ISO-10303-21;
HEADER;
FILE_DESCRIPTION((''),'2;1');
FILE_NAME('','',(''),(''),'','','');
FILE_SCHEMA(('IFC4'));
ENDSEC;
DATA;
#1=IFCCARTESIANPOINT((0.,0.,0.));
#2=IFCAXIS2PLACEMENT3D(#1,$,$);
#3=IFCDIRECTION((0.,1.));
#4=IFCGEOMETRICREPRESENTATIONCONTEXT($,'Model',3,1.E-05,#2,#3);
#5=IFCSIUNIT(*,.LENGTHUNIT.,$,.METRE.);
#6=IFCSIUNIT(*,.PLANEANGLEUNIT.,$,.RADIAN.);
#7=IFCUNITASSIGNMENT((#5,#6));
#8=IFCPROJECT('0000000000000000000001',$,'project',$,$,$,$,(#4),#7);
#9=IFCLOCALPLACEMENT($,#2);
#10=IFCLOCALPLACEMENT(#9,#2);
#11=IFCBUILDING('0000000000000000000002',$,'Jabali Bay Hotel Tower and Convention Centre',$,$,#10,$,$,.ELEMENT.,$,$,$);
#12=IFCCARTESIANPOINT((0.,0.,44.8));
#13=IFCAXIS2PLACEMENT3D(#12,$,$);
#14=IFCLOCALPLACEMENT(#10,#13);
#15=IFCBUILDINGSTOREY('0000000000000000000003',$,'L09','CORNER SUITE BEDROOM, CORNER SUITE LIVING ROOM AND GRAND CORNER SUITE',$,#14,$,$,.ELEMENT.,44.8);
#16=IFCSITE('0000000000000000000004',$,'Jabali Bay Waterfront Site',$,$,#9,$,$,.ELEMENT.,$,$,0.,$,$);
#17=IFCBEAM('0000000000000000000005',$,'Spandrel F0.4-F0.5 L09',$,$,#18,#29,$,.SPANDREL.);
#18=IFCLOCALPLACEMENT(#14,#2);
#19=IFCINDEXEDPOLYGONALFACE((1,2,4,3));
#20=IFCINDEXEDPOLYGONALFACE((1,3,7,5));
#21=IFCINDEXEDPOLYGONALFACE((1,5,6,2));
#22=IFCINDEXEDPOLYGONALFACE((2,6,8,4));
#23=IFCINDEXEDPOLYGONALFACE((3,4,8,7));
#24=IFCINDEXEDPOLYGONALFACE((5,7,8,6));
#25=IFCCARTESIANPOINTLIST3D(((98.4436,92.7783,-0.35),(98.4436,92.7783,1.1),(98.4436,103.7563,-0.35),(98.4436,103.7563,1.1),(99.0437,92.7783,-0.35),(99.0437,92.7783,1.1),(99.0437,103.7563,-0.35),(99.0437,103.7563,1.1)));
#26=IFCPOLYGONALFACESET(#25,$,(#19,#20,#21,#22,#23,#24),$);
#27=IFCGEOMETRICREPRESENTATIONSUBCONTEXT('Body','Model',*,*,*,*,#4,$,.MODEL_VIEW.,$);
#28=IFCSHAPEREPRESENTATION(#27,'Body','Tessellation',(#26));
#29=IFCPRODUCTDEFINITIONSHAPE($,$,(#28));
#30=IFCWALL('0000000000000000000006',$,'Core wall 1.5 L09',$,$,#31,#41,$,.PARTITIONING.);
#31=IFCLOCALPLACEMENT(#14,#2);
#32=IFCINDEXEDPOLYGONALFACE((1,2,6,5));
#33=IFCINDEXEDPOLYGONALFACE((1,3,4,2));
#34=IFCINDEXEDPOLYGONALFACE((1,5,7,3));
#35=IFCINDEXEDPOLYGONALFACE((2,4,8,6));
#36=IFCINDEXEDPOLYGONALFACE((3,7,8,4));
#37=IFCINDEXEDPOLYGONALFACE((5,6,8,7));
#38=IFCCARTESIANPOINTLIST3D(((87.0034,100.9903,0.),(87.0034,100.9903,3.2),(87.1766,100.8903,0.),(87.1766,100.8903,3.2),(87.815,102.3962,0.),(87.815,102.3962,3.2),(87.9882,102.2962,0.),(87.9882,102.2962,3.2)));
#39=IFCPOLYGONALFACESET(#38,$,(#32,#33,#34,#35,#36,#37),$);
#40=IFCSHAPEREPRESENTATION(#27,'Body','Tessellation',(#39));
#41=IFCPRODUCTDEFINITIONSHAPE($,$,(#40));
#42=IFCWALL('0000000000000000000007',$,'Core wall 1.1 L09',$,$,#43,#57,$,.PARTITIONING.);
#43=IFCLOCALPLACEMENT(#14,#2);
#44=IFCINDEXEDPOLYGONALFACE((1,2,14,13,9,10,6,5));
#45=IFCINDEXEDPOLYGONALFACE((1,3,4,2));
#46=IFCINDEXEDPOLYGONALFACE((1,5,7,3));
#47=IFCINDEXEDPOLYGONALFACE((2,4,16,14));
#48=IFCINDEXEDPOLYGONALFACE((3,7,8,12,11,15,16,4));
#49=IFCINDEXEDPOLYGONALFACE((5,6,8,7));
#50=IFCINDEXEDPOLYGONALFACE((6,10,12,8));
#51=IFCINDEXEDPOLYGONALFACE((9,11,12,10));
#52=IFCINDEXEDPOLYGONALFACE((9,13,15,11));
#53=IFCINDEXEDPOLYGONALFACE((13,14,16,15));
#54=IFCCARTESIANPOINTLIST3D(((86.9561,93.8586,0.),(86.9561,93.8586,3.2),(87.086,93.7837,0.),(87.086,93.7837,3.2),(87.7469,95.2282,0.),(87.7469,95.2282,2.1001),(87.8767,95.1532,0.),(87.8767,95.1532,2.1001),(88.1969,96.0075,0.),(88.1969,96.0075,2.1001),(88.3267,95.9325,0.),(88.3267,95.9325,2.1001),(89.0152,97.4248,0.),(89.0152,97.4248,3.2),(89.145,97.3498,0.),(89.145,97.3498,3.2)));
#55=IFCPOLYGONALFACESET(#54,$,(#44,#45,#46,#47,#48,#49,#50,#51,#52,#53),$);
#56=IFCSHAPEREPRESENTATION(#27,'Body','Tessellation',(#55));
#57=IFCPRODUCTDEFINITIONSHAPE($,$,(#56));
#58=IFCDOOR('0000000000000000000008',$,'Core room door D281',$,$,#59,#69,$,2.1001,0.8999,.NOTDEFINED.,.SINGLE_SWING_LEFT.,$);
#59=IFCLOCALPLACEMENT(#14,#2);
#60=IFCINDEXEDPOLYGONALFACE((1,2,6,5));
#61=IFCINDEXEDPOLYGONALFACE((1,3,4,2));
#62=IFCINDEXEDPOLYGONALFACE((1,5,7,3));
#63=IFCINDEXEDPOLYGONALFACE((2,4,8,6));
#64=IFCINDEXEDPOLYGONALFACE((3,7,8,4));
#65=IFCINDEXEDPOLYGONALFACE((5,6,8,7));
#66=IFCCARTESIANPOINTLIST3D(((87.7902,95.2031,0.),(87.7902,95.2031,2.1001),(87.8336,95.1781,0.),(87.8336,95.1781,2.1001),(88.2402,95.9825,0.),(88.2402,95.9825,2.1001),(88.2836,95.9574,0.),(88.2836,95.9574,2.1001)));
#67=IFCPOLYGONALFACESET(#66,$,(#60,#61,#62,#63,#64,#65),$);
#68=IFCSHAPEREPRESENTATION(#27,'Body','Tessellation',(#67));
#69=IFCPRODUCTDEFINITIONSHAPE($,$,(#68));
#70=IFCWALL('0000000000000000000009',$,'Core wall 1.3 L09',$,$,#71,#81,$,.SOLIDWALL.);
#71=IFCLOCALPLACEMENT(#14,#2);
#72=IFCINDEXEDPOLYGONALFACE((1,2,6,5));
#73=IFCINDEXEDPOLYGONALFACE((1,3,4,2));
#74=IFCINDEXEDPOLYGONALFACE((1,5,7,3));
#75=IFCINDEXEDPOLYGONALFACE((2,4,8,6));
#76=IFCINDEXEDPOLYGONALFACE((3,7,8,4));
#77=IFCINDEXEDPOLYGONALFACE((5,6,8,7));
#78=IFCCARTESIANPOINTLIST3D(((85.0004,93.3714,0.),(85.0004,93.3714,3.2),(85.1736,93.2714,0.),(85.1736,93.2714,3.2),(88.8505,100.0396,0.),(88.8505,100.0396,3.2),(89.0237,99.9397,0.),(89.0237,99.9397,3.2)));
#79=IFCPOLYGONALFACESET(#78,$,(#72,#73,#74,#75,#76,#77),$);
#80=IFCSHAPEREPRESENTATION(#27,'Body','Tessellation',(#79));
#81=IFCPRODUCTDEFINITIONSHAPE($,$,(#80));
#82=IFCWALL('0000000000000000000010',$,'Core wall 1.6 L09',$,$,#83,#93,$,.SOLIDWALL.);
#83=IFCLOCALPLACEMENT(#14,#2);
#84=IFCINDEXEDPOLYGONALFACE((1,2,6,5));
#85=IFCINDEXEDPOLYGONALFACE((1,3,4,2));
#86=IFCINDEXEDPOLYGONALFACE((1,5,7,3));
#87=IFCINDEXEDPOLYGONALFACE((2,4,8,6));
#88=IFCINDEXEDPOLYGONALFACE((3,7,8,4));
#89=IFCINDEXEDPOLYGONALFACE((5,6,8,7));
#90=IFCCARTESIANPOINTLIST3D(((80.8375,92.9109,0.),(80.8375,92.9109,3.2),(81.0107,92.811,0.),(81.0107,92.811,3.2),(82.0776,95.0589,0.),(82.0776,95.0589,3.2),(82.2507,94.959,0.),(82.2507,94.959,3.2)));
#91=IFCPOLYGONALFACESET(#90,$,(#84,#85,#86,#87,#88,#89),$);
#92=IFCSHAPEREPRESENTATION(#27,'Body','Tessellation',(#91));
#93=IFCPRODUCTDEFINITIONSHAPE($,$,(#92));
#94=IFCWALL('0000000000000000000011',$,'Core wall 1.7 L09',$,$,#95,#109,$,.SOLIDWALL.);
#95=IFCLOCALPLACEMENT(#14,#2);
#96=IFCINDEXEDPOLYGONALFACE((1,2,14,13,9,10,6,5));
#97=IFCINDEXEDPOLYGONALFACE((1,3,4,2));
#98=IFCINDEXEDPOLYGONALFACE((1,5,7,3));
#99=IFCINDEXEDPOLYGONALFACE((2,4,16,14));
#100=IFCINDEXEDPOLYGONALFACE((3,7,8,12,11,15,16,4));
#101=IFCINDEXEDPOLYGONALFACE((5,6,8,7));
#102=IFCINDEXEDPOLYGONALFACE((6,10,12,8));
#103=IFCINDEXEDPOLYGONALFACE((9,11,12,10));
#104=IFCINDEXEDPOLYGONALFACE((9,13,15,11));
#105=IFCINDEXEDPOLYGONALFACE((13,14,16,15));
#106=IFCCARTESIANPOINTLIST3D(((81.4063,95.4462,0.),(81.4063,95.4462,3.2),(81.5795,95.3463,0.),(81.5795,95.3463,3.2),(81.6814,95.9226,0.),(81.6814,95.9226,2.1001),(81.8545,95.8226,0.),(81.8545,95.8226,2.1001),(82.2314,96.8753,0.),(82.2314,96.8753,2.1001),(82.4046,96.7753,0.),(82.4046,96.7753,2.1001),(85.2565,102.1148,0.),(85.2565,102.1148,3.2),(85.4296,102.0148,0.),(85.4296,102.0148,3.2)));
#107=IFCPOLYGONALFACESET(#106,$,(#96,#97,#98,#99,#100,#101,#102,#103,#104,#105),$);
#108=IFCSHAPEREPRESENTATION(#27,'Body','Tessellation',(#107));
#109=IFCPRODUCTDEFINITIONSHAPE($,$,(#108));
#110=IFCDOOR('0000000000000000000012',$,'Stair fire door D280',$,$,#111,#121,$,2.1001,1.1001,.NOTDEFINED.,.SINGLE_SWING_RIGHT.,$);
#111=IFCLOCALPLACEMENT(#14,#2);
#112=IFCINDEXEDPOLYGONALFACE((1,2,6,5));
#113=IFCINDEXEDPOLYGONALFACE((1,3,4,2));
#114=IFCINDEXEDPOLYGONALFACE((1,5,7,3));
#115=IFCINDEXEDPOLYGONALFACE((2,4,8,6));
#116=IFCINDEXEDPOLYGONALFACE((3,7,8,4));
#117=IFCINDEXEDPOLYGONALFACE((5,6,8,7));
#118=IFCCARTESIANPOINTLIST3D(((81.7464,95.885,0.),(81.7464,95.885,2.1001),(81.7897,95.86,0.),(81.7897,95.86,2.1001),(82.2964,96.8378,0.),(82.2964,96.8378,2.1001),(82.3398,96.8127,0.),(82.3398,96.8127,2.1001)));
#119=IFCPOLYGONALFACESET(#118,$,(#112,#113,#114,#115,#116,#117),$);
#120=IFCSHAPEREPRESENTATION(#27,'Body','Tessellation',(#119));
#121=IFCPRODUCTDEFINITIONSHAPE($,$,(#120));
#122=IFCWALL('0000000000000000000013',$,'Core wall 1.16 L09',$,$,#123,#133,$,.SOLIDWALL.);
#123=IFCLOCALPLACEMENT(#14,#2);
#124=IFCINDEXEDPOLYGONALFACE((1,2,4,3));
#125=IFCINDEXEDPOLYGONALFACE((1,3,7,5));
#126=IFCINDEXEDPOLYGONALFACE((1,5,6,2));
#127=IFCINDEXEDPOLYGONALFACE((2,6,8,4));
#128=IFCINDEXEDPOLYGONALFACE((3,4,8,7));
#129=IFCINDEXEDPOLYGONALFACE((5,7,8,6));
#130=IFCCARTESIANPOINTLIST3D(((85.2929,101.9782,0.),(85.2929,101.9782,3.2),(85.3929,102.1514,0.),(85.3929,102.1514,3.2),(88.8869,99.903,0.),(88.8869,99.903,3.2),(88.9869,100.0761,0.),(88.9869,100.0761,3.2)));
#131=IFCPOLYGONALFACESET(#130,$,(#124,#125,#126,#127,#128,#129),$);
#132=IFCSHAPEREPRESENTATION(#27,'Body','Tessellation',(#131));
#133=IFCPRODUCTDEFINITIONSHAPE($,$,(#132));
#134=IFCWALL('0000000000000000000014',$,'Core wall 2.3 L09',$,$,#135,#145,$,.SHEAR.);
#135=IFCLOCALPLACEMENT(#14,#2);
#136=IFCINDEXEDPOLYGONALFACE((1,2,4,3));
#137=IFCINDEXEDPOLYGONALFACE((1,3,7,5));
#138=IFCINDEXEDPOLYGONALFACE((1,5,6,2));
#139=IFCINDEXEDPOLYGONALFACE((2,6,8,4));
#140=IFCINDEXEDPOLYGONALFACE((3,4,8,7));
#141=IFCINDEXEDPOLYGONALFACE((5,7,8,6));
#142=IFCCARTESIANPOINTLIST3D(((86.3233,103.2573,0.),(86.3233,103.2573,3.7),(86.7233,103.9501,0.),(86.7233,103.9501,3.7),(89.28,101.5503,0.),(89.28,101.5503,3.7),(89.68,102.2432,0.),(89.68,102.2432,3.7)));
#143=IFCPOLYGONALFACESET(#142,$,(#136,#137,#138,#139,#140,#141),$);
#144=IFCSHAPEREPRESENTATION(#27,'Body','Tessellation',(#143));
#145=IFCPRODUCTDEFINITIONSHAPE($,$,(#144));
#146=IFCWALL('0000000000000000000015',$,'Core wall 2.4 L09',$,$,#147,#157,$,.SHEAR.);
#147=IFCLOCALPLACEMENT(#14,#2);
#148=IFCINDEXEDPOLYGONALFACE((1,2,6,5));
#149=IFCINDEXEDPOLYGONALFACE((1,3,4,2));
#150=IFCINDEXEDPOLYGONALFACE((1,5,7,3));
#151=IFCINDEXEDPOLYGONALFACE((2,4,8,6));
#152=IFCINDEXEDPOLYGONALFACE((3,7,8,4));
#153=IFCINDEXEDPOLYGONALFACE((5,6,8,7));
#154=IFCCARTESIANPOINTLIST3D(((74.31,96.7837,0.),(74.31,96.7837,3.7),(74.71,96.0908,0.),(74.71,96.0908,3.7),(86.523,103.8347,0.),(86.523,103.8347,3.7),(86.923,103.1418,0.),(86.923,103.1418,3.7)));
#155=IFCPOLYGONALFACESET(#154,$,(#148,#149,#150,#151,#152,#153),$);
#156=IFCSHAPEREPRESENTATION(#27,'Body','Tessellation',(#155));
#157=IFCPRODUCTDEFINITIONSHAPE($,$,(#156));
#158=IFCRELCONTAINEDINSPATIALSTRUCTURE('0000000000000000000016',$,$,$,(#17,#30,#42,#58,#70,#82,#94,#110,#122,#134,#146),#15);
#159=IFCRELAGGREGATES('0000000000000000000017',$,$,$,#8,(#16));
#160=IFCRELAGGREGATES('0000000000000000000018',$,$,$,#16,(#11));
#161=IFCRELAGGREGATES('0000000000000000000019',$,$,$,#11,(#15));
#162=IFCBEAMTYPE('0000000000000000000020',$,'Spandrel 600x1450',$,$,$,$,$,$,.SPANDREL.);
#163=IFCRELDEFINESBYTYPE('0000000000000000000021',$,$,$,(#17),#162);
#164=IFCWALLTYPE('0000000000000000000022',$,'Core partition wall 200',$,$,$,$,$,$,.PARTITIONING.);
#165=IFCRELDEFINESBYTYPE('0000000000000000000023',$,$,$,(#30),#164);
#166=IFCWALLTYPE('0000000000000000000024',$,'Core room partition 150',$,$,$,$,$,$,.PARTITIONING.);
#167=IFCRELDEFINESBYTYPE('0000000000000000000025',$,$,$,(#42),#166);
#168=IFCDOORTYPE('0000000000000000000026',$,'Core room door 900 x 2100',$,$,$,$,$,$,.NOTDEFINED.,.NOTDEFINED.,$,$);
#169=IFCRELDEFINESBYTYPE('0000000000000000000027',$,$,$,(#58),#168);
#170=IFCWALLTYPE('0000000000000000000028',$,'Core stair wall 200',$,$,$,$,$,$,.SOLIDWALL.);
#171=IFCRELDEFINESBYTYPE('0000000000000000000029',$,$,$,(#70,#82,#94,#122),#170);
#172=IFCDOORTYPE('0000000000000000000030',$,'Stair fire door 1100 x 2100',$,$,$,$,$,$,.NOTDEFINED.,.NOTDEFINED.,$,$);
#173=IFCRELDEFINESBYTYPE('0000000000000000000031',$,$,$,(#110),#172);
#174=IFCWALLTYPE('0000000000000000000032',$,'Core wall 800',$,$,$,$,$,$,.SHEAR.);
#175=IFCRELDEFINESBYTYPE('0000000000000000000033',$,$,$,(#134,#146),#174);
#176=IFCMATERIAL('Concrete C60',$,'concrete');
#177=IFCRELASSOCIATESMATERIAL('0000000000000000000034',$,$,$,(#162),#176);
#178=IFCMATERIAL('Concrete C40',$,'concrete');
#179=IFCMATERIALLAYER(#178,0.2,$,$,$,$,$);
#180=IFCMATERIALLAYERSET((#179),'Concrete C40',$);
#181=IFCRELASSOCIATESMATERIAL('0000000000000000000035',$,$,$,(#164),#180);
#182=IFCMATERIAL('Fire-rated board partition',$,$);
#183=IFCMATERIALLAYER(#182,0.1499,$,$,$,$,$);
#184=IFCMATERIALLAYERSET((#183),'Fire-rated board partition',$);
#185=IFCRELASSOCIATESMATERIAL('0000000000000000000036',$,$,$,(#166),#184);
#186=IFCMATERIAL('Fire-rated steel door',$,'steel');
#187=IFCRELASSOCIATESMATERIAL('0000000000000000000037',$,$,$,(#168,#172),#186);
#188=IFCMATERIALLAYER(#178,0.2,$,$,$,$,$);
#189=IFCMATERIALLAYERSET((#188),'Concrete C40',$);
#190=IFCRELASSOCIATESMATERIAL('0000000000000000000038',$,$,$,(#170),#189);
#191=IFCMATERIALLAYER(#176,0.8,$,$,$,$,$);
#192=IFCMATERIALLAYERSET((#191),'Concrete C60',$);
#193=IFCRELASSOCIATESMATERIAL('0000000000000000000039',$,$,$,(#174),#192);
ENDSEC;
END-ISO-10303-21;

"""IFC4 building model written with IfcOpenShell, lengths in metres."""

from ifc_helpers import new_model, si_unit, direction, frame, frame_2d, origin, origin_2d, place, context, subcontext, project, spatial, rectangle, extrude, material, layer, layer_set, material_profile, profile_set, type_object, element, fill, save


model = new_model("IFC4")

# Units and contexts
model_context = context("Model", 3, precision=1e-05, world=origin(), true_north=direction((0.0, 1.0)))
body_context = subcontext(model_context, "Body", "Model", "MODEL_VIEW")
ifc_project = project(units=[si_unit("LENGTHUNIT", "METRE"), si_unit("PLANEANGLEUNIT", "RADIAN")], contexts=[model_context])

# Site, building, storey
site_placement = place(None, origin())
site = spatial("IfcSite", under=ifc_project, at=site_placement, Name="Jabali Bay Waterfront Site", CompositionType="ELEMENT", RefElevation=0.0)
building_placement = place(site_placement, origin())
building = spatial("IfcBuilding", under=site, at=building_placement, Name="Jabali Bay Hotel Tower and Convention Centre", CompositionType="ELEMENT")
storey_placement = place(building_placement, frame((0.0, 0.0, 44.8)))
storey = spatial("IfcBuildingStorey", under=building, at=storey_placement, Name="L09", Description="CORNER SUITE BEDROOM, CORNER SUITE LIVING ROOM AND GRAND CORNER SUITE", CompositionType="ELEMENT", Elevation=44.8)

# Beam
ifc_material_1 = material(Name="Concrete C60", Category="concrete")
ifc_material_profile = material_profile(ifc_material_1, rectangle(XDim=0.6001, YDim=1.45, at=origin_2d()), Name="Spandrel 600x1450")
ifc_profile_set = profile_set([ifc_material_profile], Name="Concrete C60")
beam_type = type_object("IfcBeamType", Name="Spandrel 600x1450", PredefinedType="SPANDREL", material=ifc_profile_set)
beam_placement = place(storey_placement, frame((98.7437, 92.7783, 0.375), z_axis=(0.0, 1.0, 0.0), x_axis=(-1.0, 0.0, 0.0)))
element("IfcBeam", 1, at=beam_placement, inside=storey, type_object=beam_type, Name="Spandrel F0.4-F0.5 L09", PredefinedType="SPANDREL", context=body_context, shape_type="SweptSolid", body=[
    extrude(rectangle(XDim=0.6001, YDim=1.45, at=origin_2d()), origin(), (0.0, 0.0, 1.0), 10.978),
])

# Wall
ifc_material_2 = material(Name="Concrete C40", Category="concrete")
ifc_layer_1 = layer(ifc_material_2, 0.2)
ifc_layer_set_1 = layer_set([ifc_layer_1], Name="Concrete C40")
wall_type_1 = type_object("IfcWallType", Name="Core partition wall 200", PredefinedType="PARTITIONING", material=ifc_layer_set_1)
wall_1_placement = place(storey_placement, frame((87.0901, 100.9404, 0.0), z_axis=(0.0, 0.0, 1.0), x_axis=(0.499957, 0.86605, 0.0)))
element("IfcWall", 2, at=wall_1_placement, inside=storey, type_object=wall_type_1, Name="Core wall 1.5 L09", PredefinedType="PARTITIONING", context=body_context, shape_type="SweptSolid", body=[
    extrude(rectangle(XDim=1.6233, YDim=0.2, at=frame_2d((0.8115, 0.0))), origin(), (0.0, 0.0, 1.0), 3.2),
])

# Wall, opening, door
ifc_material_3 = material(Name="Fire-rated board partition")
ifc_layer_2 = layer(ifc_material_3, 0.1499)
ifc_layer_set_2 = layer_set([ifc_layer_2], Name="Fire-rated board partition")
wall_type_2 = type_object("IfcWallType", Name="Core room partition 150", PredefinedType="PARTITIONING", material=ifc_layer_set_2)
wall_2_placement = place(storey_placement, frame((87.021, 93.821, 0.0), z_axis=(0.0, 0.0, 1.0), x_axis=(0.500029, 0.866009, 0.0)))
wall_2 = element("IfcWall", 3, at=wall_2_placement, inside=storey, type_object=wall_type_2, Name="Core wall 1.1 L09", PredefinedType="PARTITIONING", context=body_context, shape_type="SweptSolid", body=[
    extrude(rectangle(XDim=4.1179, YDim=0.1499, at=frame_2d((2.0591, 0.0))), origin(), (0.0, 0.0, 1.0), 3.2),
])
opening_1_placement = place(wall_2_placement, frame((1.5815, 0.0, 0.0)))
opening_1 = element("IfcOpeningElement", 4, at=opening_1_placement, cuts=wall_2, PredefinedType="OPENING", context=body_context, shape_type="SweptSolid", body=[
    extrude(rectangle(XDim=0.8999, YDim=2.1001, at=frame_2d((0.45, 1.05))), frame((0.0, 0.0854, 0.0), z_axis=(0.0, -1.0, 0.0), x_axis=(1.0, 0.0, 0.0)), (0.0, 0.0, 1.0), 0.1709),
])
ifc_material_4 = material(Name="Fire-rated steel door", Category="steel")
door_type_1 = type_object("IfcDoorType", Name="Core room door 900 x 2100", OperationType="NOTDEFINED", PredefinedType="NOTDEFINED", material=ifc_material_4)
door_1_placement = place(opening_1_placement, origin())
door_1 = element("IfcDoor", 5, at=door_1_placement, inside=storey, type_object=door_type_1, Name="Core room door D281", OperationType="SINGLE_SWING_LEFT", OverallHeight=2.1001, OverallWidth=0.8999, PredefinedType="NOTDEFINED", context=body_context, shape_type="SweptSolid", body=[
    extrude(rectangle(XDim=0.8999, YDim=2.1001, at=frame_2d((0.45, 1.05))), frame((0.0, 0.0249, 0.0), z_axis=(0.0, -1.0, 0.0), x_axis=(1.0, 0.0, 0.0)), (0.0, 0.0, 1.0), 0.05),
])
fill(opening_1, door_1)

# Walls
ifc_layer_3 = layer(ifc_material_2, 0.2)
ifc_layer_set_3 = layer_set([ifc_layer_3], Name="Concrete C40")
wall_type_3 = type_object("IfcWallType", Name="Core stair wall 200", PredefinedType="SOLIDWALL", material=ifc_layer_set_3)
wall_3_placement = place(storey_placement, frame((85.0869, 93.3213, 0.0), z_axis=(0.0, 0.0, 1.0), x_axis=(0.50002, 0.866014, 0.0)))
element("IfcWall", 6, at=wall_3_placement, inside=storey, type_object=wall_type_3, Name="Core wall 1.3 L09", PredefinedType="SOLIDWALL", context=body_context, shape_type="SweptSolid", body=[
    extrude(rectangle(XDim=7.7, YDim=0.2, at=frame_2d((3.8501, 0.0))), origin(), (0.0, 0.0, 1.0), 3.2),
])
wall_4_placement = place(storey_placement, frame((80.9241, 92.8608, 0.0), z_axis=(0.0, 0.0, 1.0), x_axis=(0.499961, 0.866048, 0.0)))
element("IfcWall", 7, at=wall_4_placement, inside=storey, type_object=wall_type_3, Name="Core wall 1.6 L09", PredefinedType="SOLIDWALL", context=body_context, shape_type="SweptSolid", body=[
    extrude(rectangle(XDim=2.4802, YDim=0.2, at=frame_2d((1.2402, 0.0))), origin(), (0.0, 0.0, 1.0), 3.2),
])

# Wall, opening, door
wall_5_placement = place(storey_placement, frame((81.4929, 95.3962, 0.0), z_axis=(0.0, 0.0, 1.0), x_axis=(0.500006, 0.866022, 0.0)))
wall_5 = element("IfcWall", 8, at=wall_5_placement, inside=storey, type_object=wall_type_3, Name="Core wall 1.7 L09", PredefinedType="SOLIDWALL", context=body_context, shape_type="SweptSolid", body=[
    extrude(rectangle(XDim=7.7002, YDim=0.2, at=frame_2d((3.8501, 0.0))), origin(), (0.0, 0.0, 1.0), 3.2),
])
opening_2_placement = place(wall_5_placement, frame((0.55, 0.0, 0.0)))
opening_2 = element("IfcOpeningElement", 9, at=opening_2_placement, cuts=wall_5, PredefinedType="OPENING", context=body_context, shape_type="SweptSolid", body=[
    extrude(rectangle(XDim=1.1001, YDim=2.1001, at=frame_2d((0.55, 1.05))), frame((0.0, 0.1104, 0.0), z_axis=(0.0, -1.0, 0.0), x_axis=(1.0, 0.0, 0.0)), (0.0, 0.0, 1.0), 0.2209),
])
door_type_2 = type_object("IfcDoorType", Name="Stair fire door 1100 x 2100", OperationType="NOTDEFINED", PredefinedType="NOTDEFINED", material=ifc_material_4)
door_2_placement = place(opening_2_placement, origin())
door_2 = element("IfcDoor", 10, at=door_2_placement, inside=storey, type_object=door_type_2, Name="Stair fire door D280", OperationType="SINGLE_SWING_RIGHT", OverallHeight=2.1001, OverallWidth=1.1001, PredefinedType="NOTDEFINED", context=body_context, shape_type="SweptSolid", body=[
    extrude(rectangle(XDim=1.1001, YDim=2.1001, at=frame_2d((0.55, 1.05))), frame((0.0, 0.0249, 0.0), z_axis=(0.0, -1.0, 0.0), x_axis=(1.0, 0.0, 0.0)), (0.0, 0.0, 1.0), 0.05),
])
fill(opening_2, door_2)

# Walls
wall_6_placement = place(storey_placement, frame((88.937, 99.9895, 0.0), z_axis=(0.0, 0.0, 1.0), x_axis=(-0.866004, 0.500036, 0.0)))
element("IfcWall", 11, at=wall_6_placement, inside=storey, type_object=wall_type_3, Name="Core wall 1.16 L09", PredefinedType="SOLIDWALL", context=body_context, shape_type="SweptSolid", body=[
    extrude(rectangle(XDim=4.1501, YDim=0.2, at=frame_2d((2.0752, 0.0))), origin(), (0.0, 0.0, 1.0), 3.2),
])
ifc_layer_4 = layer(ifc_material_1, 0.8)
ifc_layer_set_4 = layer_set([ifc_layer_4], Name="Concrete C60")
wall_type_4 = type_object("IfcWallType", Name="Core wall 800", PredefinedType="SHEAR", material=ifc_layer_set_4)
wall_7_placement = place(storey_placement, frame((89.48, 101.8967, 0.0), z_axis=(0.0, 0.0, 1.0), x_axis=(-0.866034, 0.499984, 0.0)))
element("IfcWall", 12, at=wall_7_placement, inside=storey, type_object=wall_type_4, Name="Core wall 2.3 L09", PredefinedType="SHEAR", context=body_context, shape_type="SweptSolid", body=[
    extrude(rectangle(XDim=3.4141, YDim=0.8, at=frame_2d((1.707, 0.0))), origin(), (0.0, 0.0, 1.0), 3.7),
])
wall_8_placement = place(storey_placement, frame((86.7231, 103.4883, 0.0), z_axis=(0.0, 0.0, 1.0), x_axis=(-0.866033, -0.499988, 0.0)))
element("IfcWall", 13, at=wall_8_placement, inside=storey, type_object=wall_type_4, Name="Core wall 2.4 L09", PredefinedType="SHEAR", context=body_context, shape_type="SweptSolid", body=[
    extrude(rectangle(XDim=14.1023, YDim=0.8, at=frame_2d((7.0513, 0.0))), origin(), (0.0, 0.0, 1.0), 3.7),
])

save(model, "model.ifc")
